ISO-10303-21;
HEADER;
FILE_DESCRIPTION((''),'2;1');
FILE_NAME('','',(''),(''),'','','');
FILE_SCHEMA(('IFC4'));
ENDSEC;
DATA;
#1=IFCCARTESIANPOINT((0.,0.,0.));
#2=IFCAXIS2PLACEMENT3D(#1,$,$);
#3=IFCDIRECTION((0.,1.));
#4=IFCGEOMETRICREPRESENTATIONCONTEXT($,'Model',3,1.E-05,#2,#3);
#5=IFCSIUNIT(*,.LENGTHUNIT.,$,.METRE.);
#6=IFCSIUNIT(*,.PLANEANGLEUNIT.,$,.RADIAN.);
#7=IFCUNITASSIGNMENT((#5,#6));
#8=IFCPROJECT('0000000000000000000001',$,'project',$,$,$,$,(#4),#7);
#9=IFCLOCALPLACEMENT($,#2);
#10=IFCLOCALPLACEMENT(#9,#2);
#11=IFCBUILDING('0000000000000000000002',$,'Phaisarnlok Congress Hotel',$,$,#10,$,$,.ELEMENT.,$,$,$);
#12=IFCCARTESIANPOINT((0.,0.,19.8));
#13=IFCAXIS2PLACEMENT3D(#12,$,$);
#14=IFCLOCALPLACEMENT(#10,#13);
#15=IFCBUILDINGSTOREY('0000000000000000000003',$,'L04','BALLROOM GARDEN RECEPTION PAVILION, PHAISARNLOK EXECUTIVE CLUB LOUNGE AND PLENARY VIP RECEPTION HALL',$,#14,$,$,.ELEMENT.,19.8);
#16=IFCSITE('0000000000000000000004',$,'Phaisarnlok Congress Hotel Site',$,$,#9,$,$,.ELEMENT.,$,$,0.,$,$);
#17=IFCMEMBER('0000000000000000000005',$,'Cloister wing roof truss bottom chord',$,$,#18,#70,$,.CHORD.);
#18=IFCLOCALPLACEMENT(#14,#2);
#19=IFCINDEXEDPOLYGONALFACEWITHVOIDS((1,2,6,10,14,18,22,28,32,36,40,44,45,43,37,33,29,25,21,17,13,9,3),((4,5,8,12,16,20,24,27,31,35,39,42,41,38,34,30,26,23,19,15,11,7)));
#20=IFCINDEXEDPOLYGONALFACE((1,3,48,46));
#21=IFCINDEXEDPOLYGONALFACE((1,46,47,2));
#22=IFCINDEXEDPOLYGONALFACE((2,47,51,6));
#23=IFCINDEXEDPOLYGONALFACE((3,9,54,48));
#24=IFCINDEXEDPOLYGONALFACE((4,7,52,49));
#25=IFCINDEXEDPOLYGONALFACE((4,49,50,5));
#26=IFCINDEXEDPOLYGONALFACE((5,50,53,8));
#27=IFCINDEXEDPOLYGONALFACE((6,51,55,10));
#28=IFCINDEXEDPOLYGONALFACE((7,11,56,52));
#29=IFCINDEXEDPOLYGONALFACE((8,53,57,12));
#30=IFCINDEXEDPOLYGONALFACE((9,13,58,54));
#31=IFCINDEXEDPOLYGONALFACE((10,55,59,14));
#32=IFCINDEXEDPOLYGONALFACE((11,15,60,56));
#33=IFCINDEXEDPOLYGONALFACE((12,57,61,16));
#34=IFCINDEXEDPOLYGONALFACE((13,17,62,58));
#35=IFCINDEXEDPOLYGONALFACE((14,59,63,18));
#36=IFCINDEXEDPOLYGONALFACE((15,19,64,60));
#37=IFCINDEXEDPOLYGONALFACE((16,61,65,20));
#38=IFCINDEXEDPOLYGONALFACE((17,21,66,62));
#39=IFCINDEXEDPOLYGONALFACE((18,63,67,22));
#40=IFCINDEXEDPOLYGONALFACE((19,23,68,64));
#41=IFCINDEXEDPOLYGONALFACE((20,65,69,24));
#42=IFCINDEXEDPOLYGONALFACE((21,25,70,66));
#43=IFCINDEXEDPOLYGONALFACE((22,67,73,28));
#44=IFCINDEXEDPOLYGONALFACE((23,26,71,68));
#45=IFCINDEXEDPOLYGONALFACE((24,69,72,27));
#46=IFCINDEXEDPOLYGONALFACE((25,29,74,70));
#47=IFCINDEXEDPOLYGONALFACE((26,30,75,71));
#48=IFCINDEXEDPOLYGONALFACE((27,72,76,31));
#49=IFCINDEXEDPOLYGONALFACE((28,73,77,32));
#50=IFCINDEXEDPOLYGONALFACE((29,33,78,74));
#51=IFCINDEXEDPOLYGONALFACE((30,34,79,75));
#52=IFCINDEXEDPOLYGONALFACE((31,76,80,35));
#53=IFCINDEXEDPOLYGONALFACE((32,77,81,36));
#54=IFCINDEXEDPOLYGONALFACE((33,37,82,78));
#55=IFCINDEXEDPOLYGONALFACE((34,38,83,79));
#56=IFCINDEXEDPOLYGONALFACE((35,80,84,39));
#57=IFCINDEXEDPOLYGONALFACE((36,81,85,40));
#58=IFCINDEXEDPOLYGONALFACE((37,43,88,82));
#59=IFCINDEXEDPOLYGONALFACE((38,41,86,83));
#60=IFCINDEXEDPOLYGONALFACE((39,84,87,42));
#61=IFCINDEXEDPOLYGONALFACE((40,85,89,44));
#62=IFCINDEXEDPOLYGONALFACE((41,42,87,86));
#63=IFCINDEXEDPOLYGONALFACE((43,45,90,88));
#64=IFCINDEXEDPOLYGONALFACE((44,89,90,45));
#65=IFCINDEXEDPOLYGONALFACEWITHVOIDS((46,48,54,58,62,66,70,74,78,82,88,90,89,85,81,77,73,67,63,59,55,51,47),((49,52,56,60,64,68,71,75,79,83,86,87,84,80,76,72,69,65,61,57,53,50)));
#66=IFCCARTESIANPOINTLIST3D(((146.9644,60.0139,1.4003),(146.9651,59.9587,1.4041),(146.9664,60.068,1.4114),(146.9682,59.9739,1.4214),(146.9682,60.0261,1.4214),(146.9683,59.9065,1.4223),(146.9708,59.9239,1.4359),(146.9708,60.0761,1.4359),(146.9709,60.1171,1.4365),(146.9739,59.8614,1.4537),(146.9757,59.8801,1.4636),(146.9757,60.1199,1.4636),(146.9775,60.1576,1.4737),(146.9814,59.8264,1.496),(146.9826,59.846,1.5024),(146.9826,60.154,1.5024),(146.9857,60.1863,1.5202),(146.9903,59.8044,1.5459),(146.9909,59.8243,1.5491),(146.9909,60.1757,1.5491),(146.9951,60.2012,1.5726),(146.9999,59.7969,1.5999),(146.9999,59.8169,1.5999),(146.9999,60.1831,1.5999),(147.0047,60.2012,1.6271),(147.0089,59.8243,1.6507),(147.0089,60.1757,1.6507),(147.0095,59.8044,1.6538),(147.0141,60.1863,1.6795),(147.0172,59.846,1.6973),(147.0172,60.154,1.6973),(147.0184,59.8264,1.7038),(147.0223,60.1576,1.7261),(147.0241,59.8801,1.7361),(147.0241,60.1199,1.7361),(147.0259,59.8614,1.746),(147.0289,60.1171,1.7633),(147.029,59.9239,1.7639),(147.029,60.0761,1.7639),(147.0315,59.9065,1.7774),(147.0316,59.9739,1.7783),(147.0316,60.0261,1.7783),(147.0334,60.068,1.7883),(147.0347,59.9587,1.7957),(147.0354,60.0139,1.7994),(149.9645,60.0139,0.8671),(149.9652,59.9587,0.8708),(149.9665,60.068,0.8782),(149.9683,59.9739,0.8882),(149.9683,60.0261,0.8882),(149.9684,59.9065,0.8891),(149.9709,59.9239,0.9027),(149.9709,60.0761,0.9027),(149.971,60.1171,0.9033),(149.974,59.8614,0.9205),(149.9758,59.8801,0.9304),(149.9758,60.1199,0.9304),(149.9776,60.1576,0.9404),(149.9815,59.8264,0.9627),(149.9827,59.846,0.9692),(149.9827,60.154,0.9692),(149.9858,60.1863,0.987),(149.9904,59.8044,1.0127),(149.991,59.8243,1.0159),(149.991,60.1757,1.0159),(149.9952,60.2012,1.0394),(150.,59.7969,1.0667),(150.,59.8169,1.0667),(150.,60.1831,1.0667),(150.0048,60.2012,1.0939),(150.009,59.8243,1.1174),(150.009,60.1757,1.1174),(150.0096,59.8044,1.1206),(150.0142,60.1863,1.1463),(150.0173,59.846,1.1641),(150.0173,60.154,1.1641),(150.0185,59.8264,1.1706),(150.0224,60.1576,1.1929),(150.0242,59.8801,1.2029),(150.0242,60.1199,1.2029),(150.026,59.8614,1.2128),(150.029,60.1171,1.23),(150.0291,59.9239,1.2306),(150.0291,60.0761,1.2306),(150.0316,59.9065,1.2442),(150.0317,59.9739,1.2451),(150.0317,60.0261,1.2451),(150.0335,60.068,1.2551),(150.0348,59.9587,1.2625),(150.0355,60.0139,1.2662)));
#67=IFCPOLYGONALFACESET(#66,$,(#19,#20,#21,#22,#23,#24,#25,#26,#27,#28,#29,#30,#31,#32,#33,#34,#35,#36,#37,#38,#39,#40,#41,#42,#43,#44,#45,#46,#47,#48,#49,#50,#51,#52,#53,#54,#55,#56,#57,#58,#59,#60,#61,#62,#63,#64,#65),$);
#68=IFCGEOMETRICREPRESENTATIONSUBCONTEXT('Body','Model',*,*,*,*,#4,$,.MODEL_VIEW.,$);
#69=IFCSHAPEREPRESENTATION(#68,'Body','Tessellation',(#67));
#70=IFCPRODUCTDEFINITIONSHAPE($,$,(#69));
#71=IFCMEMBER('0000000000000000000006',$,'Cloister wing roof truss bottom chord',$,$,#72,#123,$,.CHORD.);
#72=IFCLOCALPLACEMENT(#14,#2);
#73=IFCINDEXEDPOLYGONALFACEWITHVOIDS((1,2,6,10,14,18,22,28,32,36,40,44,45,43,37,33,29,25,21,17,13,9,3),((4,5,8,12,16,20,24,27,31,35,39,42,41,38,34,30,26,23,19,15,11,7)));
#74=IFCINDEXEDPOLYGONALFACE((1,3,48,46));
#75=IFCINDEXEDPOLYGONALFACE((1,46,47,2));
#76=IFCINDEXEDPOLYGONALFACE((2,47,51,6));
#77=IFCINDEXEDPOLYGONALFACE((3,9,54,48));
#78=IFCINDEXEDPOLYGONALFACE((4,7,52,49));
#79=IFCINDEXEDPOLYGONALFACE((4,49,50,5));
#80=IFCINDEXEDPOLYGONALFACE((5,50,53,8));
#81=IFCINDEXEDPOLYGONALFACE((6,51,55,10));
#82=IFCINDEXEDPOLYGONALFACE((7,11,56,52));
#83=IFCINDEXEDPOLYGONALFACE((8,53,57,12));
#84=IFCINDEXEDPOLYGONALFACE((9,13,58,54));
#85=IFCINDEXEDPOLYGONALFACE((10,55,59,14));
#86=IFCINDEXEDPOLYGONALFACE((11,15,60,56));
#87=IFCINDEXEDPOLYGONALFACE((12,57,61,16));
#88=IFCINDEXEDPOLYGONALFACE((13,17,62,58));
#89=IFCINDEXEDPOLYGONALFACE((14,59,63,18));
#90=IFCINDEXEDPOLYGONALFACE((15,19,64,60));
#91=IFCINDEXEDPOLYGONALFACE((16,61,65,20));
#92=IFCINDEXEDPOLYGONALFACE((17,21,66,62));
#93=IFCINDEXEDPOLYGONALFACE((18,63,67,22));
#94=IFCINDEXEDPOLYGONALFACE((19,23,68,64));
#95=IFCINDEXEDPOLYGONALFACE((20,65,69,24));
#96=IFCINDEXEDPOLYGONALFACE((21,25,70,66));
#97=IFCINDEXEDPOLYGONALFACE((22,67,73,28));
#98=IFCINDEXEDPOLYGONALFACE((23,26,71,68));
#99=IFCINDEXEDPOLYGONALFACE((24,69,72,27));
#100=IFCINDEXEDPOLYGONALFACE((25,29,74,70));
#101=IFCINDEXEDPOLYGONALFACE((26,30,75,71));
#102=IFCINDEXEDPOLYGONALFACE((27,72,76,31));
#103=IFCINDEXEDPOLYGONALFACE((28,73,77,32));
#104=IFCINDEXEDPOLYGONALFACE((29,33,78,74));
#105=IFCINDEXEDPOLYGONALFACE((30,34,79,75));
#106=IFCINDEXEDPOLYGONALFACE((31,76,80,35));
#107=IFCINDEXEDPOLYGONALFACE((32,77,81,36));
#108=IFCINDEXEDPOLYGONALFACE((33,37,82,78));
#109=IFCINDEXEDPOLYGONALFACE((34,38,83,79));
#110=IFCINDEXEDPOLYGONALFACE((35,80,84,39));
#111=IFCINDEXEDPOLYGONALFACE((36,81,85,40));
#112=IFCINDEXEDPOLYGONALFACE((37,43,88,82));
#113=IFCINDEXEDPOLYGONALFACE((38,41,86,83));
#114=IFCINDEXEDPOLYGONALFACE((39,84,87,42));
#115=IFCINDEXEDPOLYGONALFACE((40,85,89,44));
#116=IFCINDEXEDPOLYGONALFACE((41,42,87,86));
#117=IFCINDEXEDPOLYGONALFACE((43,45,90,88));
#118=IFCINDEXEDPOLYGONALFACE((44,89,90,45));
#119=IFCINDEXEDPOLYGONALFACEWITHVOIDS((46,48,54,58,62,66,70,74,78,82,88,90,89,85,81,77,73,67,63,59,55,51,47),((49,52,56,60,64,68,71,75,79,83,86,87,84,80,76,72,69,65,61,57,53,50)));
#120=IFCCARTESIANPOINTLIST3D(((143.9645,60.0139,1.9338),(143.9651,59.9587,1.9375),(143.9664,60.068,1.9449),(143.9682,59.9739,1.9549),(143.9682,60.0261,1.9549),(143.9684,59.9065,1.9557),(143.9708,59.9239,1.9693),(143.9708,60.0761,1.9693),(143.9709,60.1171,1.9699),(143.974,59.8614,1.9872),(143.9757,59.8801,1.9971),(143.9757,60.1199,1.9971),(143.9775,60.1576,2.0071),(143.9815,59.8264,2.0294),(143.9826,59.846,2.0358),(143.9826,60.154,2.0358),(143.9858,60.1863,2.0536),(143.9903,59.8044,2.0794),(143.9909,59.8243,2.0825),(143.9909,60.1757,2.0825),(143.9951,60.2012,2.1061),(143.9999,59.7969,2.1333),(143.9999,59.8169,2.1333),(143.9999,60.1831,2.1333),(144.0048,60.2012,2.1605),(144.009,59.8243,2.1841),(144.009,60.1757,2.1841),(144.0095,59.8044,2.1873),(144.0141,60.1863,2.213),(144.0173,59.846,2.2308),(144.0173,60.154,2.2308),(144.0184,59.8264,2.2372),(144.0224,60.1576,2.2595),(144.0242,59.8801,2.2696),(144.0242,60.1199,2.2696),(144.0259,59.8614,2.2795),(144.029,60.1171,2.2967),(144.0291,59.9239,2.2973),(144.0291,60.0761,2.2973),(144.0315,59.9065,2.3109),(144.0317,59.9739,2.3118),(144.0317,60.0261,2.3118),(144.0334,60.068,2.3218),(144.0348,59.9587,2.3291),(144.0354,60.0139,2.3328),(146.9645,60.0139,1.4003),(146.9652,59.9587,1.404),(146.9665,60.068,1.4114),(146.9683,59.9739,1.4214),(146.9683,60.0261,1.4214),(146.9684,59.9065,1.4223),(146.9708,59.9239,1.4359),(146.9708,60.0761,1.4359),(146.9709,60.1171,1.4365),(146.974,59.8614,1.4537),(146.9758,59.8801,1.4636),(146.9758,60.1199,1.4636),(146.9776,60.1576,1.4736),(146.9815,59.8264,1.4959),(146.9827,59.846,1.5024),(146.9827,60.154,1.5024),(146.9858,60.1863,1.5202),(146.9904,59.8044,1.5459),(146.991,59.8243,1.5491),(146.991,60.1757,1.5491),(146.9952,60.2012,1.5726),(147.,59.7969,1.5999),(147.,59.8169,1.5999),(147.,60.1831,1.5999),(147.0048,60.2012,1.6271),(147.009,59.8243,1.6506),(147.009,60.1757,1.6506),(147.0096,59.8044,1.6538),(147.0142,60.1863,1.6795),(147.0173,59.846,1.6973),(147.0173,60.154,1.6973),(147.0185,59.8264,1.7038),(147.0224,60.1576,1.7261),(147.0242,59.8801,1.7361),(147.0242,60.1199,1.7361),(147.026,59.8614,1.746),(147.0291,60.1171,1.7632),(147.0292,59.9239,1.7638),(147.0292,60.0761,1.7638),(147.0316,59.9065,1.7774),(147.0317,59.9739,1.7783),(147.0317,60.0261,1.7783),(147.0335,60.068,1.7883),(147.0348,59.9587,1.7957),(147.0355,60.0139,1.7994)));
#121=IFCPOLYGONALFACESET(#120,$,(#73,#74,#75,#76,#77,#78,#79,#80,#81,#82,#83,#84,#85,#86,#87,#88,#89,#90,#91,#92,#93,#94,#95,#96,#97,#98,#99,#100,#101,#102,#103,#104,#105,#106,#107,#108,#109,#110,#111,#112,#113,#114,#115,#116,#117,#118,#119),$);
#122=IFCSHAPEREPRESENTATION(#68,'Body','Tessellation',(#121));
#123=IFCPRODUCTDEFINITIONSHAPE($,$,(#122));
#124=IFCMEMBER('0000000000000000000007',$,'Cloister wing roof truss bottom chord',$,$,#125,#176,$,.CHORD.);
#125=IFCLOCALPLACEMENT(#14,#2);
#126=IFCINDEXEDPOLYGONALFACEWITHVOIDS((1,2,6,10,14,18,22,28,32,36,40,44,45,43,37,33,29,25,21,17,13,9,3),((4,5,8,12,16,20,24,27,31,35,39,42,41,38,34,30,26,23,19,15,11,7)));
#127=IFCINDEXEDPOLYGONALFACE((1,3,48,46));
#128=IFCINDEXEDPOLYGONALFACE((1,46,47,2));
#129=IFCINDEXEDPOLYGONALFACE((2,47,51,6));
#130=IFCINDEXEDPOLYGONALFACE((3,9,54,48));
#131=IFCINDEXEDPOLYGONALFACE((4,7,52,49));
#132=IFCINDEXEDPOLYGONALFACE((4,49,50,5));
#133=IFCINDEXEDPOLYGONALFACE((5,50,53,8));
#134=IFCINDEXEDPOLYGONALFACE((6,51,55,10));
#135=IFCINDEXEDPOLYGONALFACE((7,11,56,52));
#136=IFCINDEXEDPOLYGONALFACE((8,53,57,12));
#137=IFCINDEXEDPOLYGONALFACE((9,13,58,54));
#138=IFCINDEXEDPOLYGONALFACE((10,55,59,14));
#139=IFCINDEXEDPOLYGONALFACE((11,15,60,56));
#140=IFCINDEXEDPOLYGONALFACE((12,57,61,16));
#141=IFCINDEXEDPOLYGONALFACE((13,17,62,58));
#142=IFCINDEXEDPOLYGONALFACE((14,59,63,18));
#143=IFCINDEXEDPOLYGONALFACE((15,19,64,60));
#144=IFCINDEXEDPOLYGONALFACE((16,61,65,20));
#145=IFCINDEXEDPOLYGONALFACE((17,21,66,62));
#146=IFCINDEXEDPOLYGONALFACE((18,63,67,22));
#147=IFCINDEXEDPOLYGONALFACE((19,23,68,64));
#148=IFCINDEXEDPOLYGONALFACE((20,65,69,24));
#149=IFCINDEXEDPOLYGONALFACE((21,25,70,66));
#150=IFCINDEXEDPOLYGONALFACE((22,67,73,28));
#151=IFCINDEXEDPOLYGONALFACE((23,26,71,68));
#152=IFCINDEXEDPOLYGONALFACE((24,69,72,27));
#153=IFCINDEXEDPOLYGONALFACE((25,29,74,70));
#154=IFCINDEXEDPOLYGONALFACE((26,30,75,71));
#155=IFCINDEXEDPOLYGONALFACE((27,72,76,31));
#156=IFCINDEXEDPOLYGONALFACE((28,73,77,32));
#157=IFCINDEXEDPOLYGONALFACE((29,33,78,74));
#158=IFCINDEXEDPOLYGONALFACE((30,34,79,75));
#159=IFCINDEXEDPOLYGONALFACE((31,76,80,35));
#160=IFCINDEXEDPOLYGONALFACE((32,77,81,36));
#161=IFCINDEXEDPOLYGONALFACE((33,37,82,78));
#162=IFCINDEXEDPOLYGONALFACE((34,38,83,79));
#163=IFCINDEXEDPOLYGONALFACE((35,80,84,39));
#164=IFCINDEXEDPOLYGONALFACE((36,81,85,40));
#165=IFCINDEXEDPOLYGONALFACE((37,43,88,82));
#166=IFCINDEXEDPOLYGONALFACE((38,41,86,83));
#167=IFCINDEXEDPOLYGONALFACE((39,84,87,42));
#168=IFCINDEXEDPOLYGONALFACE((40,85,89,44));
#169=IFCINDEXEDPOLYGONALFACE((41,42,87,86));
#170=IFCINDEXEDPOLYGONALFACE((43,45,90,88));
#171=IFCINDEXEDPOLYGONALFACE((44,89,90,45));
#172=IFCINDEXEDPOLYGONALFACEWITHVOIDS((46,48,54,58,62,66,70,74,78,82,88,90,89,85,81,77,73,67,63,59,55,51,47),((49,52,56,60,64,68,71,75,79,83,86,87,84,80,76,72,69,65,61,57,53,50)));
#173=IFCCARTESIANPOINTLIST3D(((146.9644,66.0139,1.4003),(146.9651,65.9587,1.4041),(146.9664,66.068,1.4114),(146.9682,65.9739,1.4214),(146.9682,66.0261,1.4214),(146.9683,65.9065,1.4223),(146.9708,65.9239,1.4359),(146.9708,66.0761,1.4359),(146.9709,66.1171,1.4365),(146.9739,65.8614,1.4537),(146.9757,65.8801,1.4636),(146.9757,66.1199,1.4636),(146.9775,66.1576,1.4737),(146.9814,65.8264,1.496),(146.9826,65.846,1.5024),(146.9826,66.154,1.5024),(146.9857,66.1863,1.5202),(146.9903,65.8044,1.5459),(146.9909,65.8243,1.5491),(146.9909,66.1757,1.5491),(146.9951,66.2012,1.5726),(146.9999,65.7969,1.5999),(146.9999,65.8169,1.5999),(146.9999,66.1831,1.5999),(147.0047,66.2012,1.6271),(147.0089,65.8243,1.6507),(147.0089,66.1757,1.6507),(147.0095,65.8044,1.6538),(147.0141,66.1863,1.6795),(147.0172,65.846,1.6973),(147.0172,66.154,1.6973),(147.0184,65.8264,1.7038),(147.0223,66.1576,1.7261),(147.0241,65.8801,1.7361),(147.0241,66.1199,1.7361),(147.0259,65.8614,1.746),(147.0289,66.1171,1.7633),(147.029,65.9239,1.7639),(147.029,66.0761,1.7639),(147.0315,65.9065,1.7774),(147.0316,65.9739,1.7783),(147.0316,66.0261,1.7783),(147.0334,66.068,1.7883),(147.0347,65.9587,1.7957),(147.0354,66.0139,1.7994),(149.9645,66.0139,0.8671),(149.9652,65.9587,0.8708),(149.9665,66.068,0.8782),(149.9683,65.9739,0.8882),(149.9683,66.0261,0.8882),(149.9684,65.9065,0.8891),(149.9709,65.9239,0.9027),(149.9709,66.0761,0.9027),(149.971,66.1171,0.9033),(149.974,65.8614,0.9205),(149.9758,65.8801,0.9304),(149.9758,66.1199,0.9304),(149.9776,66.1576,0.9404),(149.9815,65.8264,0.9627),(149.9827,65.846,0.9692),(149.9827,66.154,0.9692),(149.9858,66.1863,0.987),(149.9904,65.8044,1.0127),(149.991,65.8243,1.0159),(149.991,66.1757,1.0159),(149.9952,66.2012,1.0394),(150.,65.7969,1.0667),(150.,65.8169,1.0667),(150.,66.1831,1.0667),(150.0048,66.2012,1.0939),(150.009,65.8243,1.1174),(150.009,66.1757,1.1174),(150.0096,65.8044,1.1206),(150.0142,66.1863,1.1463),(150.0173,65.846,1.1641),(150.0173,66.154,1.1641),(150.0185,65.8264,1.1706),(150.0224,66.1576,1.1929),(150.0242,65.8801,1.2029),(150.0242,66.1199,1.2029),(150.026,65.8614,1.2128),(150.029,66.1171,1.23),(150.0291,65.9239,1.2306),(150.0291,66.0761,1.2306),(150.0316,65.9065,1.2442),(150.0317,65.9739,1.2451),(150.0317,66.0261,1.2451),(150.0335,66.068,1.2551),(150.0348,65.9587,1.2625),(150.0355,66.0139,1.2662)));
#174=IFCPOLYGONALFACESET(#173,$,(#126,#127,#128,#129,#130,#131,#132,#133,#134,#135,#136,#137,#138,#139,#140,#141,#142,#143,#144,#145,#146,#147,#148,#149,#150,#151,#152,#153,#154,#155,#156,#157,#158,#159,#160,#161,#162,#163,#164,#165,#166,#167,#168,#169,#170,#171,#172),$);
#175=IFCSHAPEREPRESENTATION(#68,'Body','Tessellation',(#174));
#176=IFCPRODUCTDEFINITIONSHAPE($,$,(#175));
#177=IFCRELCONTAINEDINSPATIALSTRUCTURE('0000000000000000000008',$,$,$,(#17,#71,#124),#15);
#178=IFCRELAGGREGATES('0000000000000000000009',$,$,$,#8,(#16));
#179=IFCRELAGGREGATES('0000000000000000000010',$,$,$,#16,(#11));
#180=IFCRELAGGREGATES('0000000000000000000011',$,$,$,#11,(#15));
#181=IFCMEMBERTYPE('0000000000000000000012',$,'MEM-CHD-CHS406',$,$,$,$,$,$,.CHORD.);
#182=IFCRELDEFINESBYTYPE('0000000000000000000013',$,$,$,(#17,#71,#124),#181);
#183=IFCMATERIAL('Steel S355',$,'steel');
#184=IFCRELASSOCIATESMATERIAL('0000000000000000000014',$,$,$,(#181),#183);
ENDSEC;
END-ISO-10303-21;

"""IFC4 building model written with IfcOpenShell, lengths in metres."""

from ifc_helpers import new_model, si_unit, direction, frame, origin, origin_2d, place, context, subcontext, project, spatial, hollow_circle, extrude, material, material_profile, profile_set, type_object, element, save


model = new_model("IFC4")

# Units and contexts
model_context = context("Model", 3, precision=1e-05, world=origin(), true_north=direction((0.0, 1.0)))
body_context = subcontext(model_context, "Body", "Model", "MODEL_VIEW")
ifc_project = project(units=[si_unit("LENGTHUNIT", "METRE"), si_unit("PLANEANGLEUNIT", "RADIAN")], contexts=[model_context])

# Site, building, storey
site_placement = place(None, origin())
site = spatial("IfcSite", under=ifc_project, at=site_placement, Name="Phaisarnlok Congress Hotel Site", CompositionType="ELEMENT", RefElevation=0.0)
building_placement = place(site_placement, origin())
building = spatial("IfcBuilding", under=site, at=building_placement, Name="Phaisarnlok Congress Hotel", CompositionType="ELEMENT")
storey_placement = place(building_placement, frame((0.0, 0.0, 19.8)))
storey = spatial("IfcBuildingStorey", under=building, at=storey_placement, Name="L04", Description="BALLROOM GARDEN RECEPTION PAVILION, PHAISARNLOK EXECUTIVE CLUB LOUNGE AND PLENARY VIP RECEPTION HALL", CompositionType="ELEMENT", Elevation=19.8)

# Shared definitions
ifc_material = material(Name="Steel S355", Category="steel")

# Members
ifc_material_profile_1 = material_profile(ifc_material, hollow_circle(Radius=0.2031, WallThickness=0.02, at=origin_2d()), Name="CHS 406.4x20")
ifc_profile_set_1 = profile_set([ifc_material_profile_1], Name="Steel S355")
member_type_1 = type_object("IfcMemberType", Name="MEM-CHD-CHS406", PredefinedType="CHORD", material=ifc_profile_set_1)
for number, where, z_axis, x_axis, name in (
    (1, (150.0, 60.0, 1.0667), (-0.98457, 0.0, 0.174992), (0.0, -1.0, 0.0), "Cloister wing roof truss bottom chord"),
    (2, (147.0, 60.0, 1.5999), (-0.984556, 0.0, 0.17507), (0.0, -1.0, 0.0), "Cloister wing roof truss bottom chord"),
    (3, (150.0, 66.0, 1.0667), (-0.98457, 0.0, 0.174992), (0.0, -1.0, 0.0), "Cloister wing roof truss bottom chord"),
):
    element("IfcMember", number, at=place(storey_placement, frame(where, z_axis=z_axis, x_axis=x_axis)), inside=storey, type_object=member_type_1, Name=name, PredefinedType="CHORD", context=body_context, shape_type="SweptSolid", body=[
        extrude(hollow_circle(Radius=0.2031, WallThickness=0.02, at=origin_2d()), origin(), (0.0, 0.0, 1.0), 3.0471),
    ])

save(model, "model.ifc")
